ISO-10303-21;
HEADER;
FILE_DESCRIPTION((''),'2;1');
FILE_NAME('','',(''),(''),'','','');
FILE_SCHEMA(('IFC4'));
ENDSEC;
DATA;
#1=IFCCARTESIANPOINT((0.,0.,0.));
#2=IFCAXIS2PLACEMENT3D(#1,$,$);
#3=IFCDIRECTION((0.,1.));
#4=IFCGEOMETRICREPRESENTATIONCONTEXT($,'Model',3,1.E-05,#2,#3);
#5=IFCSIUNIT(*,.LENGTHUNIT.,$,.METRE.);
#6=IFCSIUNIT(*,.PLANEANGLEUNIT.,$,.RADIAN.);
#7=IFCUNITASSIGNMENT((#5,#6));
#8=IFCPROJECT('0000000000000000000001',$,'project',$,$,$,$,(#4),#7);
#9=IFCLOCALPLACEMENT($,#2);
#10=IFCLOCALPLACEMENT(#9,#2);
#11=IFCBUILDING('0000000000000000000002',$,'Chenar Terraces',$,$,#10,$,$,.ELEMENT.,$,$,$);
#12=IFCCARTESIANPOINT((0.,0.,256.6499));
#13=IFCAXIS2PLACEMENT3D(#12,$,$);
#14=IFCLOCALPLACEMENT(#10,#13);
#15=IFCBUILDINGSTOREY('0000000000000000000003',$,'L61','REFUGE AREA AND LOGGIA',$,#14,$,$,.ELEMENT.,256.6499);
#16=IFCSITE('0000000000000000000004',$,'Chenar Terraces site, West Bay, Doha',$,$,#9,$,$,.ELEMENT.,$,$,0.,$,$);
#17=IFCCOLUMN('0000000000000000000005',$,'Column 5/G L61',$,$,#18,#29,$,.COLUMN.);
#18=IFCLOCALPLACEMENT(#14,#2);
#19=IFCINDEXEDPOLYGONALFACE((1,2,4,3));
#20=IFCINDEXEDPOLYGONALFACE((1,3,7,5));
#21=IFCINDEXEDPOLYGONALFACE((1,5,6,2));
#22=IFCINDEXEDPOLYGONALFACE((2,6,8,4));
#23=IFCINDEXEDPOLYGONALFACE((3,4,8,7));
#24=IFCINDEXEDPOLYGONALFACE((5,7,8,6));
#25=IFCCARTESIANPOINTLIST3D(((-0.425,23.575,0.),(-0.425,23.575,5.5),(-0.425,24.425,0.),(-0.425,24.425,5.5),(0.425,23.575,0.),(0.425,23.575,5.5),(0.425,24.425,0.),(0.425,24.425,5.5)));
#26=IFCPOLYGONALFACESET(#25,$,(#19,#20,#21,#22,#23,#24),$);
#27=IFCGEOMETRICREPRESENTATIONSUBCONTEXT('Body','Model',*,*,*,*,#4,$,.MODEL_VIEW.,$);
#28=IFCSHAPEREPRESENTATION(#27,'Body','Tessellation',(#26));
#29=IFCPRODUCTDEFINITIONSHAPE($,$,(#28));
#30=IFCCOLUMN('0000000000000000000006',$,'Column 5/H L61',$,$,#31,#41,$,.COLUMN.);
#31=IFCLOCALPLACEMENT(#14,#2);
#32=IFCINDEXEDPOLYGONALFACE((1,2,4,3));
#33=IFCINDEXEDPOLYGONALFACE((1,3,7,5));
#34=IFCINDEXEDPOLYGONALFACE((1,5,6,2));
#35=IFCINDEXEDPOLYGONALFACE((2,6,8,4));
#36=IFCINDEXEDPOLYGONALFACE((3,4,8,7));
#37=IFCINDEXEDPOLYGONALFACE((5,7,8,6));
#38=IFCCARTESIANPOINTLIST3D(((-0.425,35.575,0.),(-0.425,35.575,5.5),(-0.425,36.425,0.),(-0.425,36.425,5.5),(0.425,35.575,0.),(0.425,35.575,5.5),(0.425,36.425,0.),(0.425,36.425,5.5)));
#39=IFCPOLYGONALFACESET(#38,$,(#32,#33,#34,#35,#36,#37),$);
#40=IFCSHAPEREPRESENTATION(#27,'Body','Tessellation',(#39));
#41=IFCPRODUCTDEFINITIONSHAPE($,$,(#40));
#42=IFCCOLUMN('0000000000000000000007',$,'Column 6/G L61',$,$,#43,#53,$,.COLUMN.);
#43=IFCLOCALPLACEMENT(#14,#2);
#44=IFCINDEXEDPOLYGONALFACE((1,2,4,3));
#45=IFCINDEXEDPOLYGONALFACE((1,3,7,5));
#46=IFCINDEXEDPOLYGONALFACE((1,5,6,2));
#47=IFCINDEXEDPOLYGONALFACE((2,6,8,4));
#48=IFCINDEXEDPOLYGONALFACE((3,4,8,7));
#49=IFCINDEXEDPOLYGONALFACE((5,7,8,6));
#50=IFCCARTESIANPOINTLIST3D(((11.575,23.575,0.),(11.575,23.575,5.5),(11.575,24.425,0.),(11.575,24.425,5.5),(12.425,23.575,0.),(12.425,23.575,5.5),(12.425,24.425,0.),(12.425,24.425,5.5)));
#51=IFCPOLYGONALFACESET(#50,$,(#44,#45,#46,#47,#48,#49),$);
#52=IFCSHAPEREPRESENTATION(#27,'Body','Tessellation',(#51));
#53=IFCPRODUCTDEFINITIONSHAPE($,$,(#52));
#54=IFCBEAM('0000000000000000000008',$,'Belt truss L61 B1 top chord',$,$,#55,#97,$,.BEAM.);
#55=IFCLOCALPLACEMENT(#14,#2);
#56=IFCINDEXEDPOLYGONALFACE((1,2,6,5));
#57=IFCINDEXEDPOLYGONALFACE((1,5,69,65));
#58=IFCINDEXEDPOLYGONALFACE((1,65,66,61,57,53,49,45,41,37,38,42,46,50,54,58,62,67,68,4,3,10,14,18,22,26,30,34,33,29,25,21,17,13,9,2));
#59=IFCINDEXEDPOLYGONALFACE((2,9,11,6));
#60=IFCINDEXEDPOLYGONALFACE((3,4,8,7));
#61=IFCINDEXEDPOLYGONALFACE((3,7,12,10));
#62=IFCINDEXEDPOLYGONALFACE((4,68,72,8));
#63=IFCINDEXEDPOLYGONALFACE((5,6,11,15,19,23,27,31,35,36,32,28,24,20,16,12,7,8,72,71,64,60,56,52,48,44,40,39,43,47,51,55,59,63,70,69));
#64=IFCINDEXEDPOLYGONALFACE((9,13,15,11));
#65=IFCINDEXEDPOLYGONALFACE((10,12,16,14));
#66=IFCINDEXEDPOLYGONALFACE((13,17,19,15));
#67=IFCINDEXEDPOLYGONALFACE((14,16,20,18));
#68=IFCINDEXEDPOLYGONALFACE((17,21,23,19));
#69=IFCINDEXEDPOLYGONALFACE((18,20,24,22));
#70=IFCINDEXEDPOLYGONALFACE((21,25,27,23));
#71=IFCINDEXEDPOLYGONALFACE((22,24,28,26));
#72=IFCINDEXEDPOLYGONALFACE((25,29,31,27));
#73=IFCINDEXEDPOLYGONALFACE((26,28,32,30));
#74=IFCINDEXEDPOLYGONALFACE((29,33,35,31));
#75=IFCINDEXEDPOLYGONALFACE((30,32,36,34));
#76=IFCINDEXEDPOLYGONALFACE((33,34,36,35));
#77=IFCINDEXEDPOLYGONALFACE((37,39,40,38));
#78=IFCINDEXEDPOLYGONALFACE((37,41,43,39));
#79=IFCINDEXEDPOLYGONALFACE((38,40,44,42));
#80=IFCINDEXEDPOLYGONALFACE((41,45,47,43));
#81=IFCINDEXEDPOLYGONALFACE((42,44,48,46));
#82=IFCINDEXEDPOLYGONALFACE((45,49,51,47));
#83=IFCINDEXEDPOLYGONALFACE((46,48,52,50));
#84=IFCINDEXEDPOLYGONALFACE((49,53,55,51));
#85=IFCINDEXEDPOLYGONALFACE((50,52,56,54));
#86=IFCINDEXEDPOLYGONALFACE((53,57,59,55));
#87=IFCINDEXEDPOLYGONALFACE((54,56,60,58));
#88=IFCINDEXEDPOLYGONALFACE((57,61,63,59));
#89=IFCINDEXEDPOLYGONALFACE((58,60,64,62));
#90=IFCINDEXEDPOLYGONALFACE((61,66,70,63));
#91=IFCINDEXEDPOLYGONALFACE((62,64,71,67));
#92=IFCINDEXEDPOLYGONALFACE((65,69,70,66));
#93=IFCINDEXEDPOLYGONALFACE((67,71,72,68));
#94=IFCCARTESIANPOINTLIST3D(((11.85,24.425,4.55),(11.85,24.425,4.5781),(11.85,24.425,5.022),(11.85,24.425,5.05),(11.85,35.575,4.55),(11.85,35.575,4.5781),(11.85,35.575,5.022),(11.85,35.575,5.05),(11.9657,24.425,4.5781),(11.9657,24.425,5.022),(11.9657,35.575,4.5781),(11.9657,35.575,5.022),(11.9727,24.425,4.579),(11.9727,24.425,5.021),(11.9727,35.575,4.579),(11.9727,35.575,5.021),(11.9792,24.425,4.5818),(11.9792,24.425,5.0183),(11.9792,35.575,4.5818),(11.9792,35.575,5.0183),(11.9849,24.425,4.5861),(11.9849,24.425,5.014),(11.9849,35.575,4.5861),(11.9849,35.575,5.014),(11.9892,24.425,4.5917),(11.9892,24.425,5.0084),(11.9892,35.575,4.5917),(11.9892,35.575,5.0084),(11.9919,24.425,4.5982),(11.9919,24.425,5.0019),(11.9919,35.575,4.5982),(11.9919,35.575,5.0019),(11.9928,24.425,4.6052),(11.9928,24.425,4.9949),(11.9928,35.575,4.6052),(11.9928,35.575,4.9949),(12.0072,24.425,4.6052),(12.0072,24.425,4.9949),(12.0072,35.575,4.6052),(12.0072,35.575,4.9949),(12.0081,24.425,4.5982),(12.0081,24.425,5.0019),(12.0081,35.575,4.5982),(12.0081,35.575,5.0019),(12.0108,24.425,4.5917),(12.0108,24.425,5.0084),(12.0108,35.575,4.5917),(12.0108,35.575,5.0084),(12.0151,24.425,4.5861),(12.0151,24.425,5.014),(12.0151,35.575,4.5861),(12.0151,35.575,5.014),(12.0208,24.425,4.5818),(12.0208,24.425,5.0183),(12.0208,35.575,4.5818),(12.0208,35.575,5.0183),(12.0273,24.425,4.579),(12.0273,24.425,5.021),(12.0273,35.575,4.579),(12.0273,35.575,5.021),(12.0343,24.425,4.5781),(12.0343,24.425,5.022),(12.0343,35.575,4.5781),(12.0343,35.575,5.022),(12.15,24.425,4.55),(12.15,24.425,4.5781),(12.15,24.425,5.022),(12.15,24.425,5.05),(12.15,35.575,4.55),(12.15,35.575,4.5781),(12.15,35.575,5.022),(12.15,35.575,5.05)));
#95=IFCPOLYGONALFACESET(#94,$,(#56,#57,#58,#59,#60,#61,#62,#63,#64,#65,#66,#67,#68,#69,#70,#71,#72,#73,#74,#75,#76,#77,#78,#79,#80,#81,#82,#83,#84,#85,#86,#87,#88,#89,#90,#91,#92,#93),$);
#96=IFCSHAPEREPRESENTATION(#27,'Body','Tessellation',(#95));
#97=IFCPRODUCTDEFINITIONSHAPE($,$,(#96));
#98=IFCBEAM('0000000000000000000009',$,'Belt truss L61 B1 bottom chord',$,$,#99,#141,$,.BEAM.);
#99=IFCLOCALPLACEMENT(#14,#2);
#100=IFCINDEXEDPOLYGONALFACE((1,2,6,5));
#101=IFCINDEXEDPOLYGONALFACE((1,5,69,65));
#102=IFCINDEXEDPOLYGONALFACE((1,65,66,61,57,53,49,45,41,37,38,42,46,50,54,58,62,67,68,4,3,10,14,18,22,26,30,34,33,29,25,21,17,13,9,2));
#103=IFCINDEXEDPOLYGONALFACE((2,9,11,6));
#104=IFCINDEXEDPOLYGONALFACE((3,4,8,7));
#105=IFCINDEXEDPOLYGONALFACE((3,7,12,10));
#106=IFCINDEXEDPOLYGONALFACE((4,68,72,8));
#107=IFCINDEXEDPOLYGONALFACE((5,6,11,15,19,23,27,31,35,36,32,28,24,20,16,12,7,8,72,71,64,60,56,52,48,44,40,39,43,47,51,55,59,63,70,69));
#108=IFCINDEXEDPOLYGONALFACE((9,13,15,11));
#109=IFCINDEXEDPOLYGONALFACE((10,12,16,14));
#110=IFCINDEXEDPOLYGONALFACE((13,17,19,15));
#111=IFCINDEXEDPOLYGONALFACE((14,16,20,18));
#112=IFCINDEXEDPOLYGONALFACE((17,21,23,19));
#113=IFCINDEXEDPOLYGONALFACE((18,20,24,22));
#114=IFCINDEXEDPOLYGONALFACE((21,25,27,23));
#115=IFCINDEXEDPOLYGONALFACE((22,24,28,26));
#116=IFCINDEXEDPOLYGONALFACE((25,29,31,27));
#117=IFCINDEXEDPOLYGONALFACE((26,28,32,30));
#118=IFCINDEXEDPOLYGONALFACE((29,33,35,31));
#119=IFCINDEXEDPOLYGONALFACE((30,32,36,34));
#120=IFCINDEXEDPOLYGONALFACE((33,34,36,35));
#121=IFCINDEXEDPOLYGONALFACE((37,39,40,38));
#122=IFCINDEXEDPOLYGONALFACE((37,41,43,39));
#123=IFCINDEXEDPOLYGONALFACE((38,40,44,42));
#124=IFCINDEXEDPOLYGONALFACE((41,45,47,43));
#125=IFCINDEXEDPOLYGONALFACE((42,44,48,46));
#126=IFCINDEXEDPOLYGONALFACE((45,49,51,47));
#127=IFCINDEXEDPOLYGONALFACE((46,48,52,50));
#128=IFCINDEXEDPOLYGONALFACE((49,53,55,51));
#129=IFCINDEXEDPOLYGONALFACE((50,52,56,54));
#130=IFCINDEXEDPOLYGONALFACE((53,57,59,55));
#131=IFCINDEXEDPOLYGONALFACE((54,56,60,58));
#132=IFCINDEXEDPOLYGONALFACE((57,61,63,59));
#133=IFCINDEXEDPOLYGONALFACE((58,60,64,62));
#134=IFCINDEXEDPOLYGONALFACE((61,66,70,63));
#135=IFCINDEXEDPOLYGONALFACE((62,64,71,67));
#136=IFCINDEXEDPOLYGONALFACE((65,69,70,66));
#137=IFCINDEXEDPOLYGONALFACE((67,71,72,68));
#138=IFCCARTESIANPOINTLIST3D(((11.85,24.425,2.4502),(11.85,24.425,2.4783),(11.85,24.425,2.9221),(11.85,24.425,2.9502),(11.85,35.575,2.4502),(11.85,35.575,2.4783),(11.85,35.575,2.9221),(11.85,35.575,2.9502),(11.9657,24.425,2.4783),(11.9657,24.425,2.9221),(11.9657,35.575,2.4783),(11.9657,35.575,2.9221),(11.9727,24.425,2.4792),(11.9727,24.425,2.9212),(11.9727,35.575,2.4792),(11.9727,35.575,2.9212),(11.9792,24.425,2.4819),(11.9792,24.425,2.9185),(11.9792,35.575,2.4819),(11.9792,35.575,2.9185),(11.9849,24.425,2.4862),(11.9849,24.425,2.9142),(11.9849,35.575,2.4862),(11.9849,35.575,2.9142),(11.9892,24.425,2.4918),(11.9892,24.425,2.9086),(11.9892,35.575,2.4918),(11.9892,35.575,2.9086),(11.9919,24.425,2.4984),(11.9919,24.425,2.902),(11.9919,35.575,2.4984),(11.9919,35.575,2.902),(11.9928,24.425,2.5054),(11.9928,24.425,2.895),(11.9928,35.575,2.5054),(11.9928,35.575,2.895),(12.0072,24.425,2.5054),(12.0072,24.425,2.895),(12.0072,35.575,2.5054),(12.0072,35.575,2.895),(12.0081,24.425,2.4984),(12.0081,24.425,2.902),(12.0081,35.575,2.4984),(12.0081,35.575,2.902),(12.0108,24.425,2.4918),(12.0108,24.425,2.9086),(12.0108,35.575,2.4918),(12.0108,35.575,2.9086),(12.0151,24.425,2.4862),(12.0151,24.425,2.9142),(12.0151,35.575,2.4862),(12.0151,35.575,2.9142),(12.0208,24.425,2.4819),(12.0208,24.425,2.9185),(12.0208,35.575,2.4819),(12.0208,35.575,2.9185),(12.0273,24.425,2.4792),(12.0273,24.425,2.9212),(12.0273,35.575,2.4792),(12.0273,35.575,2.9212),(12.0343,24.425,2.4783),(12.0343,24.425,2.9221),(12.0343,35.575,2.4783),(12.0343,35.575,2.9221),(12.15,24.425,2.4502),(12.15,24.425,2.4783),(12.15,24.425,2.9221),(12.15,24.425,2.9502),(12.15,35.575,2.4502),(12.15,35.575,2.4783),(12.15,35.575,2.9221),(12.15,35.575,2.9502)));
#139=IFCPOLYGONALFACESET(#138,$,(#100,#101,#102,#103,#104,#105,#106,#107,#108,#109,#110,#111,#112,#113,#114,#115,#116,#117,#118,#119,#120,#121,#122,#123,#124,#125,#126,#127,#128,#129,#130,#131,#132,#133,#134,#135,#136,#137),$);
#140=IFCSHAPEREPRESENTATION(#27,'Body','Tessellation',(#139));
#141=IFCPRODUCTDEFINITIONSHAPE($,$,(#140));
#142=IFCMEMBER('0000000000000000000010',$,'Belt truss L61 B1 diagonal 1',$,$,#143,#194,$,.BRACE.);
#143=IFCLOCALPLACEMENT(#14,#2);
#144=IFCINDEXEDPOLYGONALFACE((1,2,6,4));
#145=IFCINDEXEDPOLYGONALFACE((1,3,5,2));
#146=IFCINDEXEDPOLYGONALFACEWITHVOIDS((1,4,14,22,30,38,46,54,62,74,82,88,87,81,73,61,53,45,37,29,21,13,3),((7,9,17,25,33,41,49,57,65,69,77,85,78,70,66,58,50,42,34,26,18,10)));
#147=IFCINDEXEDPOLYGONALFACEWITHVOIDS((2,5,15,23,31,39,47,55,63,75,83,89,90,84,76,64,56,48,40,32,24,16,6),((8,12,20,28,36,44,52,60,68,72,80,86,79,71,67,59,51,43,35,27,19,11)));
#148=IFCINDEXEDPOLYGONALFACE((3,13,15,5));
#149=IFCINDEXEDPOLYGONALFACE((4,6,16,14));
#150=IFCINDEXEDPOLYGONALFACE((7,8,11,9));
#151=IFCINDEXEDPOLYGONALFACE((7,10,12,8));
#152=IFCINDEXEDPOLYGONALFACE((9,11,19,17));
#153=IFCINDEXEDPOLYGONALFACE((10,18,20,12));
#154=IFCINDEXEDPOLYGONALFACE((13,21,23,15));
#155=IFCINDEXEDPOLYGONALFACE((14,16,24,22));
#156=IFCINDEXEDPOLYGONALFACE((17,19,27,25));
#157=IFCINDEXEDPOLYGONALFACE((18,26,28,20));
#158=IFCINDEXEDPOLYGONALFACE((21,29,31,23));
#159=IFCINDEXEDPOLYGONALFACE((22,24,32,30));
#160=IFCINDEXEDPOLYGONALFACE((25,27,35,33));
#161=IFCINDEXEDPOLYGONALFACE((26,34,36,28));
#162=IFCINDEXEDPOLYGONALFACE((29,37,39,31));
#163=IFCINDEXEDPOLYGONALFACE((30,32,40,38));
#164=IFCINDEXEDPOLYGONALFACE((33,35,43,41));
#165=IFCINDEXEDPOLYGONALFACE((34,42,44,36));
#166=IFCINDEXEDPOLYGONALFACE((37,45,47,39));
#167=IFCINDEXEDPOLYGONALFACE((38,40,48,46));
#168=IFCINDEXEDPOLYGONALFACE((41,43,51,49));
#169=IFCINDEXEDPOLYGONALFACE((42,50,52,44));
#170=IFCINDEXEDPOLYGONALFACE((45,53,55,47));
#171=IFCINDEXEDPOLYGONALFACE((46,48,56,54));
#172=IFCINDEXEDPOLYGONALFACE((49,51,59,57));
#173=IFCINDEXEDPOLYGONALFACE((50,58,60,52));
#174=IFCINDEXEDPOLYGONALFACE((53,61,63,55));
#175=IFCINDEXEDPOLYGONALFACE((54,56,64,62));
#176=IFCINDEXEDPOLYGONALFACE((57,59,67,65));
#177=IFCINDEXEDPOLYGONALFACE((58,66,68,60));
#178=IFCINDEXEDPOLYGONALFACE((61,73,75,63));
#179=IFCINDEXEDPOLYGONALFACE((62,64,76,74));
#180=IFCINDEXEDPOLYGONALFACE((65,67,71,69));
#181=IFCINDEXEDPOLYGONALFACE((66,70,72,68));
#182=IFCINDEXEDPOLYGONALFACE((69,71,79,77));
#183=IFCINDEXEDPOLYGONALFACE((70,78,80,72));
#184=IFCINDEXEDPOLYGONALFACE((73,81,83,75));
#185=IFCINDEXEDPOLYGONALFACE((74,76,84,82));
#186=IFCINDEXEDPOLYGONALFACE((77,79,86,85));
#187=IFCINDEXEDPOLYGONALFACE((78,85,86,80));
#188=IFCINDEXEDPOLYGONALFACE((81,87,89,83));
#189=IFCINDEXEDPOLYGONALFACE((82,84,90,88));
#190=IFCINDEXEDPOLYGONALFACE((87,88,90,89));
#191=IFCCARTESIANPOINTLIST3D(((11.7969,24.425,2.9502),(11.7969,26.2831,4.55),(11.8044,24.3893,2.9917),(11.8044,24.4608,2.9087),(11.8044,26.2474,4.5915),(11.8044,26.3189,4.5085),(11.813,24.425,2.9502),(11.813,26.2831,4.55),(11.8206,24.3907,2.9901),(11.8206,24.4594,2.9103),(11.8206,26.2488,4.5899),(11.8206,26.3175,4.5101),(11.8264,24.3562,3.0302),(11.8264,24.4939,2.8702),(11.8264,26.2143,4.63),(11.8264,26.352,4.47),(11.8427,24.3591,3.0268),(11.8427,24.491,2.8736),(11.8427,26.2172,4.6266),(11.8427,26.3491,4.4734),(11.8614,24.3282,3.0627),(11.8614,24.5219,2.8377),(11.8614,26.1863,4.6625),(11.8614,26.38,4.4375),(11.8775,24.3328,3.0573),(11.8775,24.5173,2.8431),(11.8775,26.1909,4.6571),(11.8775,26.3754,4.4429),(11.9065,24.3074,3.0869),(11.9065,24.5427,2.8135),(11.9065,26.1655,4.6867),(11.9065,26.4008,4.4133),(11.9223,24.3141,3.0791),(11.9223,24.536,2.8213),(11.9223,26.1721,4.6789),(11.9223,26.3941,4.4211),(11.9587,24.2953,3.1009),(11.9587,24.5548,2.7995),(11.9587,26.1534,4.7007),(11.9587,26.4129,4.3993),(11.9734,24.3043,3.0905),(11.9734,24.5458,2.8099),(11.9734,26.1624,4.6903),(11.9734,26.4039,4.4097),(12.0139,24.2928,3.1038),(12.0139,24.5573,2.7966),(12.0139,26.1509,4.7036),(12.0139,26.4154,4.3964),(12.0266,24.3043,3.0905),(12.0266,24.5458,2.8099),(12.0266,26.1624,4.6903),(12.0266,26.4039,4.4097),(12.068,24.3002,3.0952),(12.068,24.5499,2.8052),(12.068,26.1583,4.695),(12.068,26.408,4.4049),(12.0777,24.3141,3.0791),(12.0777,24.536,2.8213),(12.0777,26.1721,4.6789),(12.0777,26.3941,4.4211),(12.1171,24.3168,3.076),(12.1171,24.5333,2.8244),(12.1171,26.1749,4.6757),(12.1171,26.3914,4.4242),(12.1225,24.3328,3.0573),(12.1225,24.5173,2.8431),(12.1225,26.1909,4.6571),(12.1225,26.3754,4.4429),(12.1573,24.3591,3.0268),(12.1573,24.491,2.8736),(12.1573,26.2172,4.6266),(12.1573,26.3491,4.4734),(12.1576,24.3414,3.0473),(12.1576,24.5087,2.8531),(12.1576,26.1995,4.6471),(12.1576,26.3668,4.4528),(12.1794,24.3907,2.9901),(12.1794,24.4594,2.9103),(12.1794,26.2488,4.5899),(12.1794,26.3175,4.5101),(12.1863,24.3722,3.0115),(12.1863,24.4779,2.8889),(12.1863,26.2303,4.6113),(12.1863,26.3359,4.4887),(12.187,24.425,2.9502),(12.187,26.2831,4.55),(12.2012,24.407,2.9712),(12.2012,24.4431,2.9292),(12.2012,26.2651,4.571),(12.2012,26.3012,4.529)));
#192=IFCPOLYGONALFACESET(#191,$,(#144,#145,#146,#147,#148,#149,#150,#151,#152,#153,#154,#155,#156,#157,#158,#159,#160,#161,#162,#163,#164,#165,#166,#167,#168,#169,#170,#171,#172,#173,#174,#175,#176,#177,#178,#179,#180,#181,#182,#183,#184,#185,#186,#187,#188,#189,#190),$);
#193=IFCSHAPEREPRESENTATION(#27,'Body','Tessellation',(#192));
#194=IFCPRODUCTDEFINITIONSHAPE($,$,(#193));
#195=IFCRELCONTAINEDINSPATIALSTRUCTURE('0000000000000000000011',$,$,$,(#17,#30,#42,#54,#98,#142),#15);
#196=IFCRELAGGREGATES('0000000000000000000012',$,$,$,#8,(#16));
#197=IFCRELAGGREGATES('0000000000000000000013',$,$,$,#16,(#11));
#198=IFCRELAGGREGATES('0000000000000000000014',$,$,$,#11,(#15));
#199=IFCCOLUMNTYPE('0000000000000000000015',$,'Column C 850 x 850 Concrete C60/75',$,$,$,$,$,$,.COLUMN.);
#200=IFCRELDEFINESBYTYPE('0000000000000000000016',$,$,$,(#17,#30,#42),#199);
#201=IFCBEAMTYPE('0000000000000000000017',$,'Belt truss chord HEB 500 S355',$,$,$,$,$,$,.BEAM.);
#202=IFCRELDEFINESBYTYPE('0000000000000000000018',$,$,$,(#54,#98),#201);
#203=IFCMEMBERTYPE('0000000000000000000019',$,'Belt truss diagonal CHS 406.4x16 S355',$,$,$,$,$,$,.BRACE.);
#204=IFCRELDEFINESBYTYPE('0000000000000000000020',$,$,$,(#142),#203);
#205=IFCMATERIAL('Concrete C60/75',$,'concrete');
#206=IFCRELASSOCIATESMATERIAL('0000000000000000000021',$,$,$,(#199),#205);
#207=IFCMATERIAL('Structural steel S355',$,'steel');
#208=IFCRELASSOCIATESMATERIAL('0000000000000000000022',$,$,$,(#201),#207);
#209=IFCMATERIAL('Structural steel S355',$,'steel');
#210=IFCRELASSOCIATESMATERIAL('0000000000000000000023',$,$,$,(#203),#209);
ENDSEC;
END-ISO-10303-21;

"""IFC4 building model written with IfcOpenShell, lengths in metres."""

from ifc_helpers import new_model, si_unit, direction, frame, origin, origin_2d, place, context, subcontext, project, spatial, rectangle, hollow_circle, i_section, extrude, material, material_profile, profile_set, type_object, element, save


model = new_model("IFC4")

# Units and contexts
model_context = context("Model", 3, precision=1e-05, world=origin(), true_north=direction((0.0, 1.0)))
body_context = subcontext(model_context, "Body", "Model", "MODEL_VIEW")
ifc_project = project(units=[si_unit("LENGTHUNIT", "METRE"), si_unit("PLANEANGLEUNIT", "RADIAN")], contexts=[model_context])

# Site, building, storey
site_placement = place(None, origin())
site = spatial("IfcSite", under=ifc_project, at=site_placement, Name="Chenar Terraces site, West Bay, Doha", CompositionType="ELEMENT", RefElevation=0.0)
building_placement = place(site_placement, origin())
building = spatial("IfcBuilding", under=site, at=building_placement, Name="Chenar Terraces", CompositionType="ELEMENT")
storey_placement = place(building_placement, frame((0.0, 0.0, 256.6499)))
storey = spatial("IfcBuildingStorey", under=building, at=storey_placement, Name="L61", Description="REFUGE AREA AND LOGGIA", CompositionType="ELEMENT", Elevation=256.6499)

# Columns
ifc_material_1 = material(Name="Concrete C60/75", Category="concrete")
ifc_material_profile_1 = material_profile(ifc_material_1, rectangle(XDim=0.8501, YDim=0.8501, at=origin_2d()), Name="C 850 x 850")
ifc_profile_set_1 = profile_set([ifc_material_profile_1], Name="Concrete C60/75")
column_type = type_object("IfcColumnType", Name="Column C 850 x 850 Concrete C60/75", PredefinedType="COLUMN", material=ifc_profile_set_1)
column_1_placement = place(storey_placement, frame((0.0, 24.0, 0.0), z_axis=(0.0, 0.0, 1.0), x_axis=(1.0, 0.0, 0.0)))
element("IfcColumn", 1, at=column_1_placement, inside=storey, type_object=column_type, Name="Column 5/G L61", PredefinedType="COLUMN", context=body_context, shape_type="SweptSolid", body=[
    extrude(rectangle(XDim=0.8501, YDim=0.8501, at=origin_2d()), origin(), (0.0, 0.0, 1.0), 5.5),
])
placement = place(storey_placement, frame((0.0, 36.0, 0.0), z_axis=(0.0, 0.0, 1.0), x_axis=(1.0, 0.0, 0.0)))
element("IfcColumn", 2, at=placement, inside=storey, type_object=column_type, Name="Column 5/H L61", PredefinedType="COLUMN", context=body_context, shape_type="SweptSolid", body=[
    extrude(rectangle(XDim=0.8501, YDim=0.8501, at=origin_2d()), origin(), (0.0, 0.0, 1.0), 5.5),
])
column_2_placement = place(storey_placement, frame((12.0, 24.0, 0.0), z_axis=(0.0, 0.0, 1.0), x_axis=(1.0, 0.0, 0.0)))
element("IfcColumn", 3, at=column_2_placement, inside=storey, type_object=column_type, Name="Column 6/G L61", PredefinedType="COLUMN", context=body_context, shape_type="SweptSolid", body=[
    extrude(rectangle(XDim=0.8501, YDim=0.8501, at=origin_2d()), origin(), (0.0, 0.0, 1.0), 5.5),
])

# Beams
ifc_material_2 = material(Name="Structural steel S355", Category="steel")
ifc_material_profile_2 = material_profile(ifc_material_2, i_section(OverallWidth=0.3, OverallDepth=0.5, WebThickness=0.0144, FlangeThickness=0.0281, FilletRadius=0.0271, at=origin_2d()), Name="HEB 500")
ifc_profile_set_2 = profile_set([ifc_material_profile_2], Name="Structural steel S355")
beam_type = type_object("IfcBeamType", Name="Belt truss chord HEB 500 S355", PredefinedType="BEAM", material=ifc_profile_set_2)
for number, where, z_axis, x_axis, name in (
    (4, (12.0, 24.425, 4.8), (0.0, 1.0, 0.0), (-1.0, 0.0, 0.0), "Belt truss L61 B1 top chord"),
    (5, (12.0, 24.425, 2.7002), (0.0, 1.0, 0.0), (-1.0, 0.0, 0.0), "Belt truss L61 B1 bottom chord"),
):
    element("IfcBeam", number, at=place(storey_placement, frame(where, z_axis=z_axis, x_axis=x_axis)), inside=storey, type_object=beam_type, Name=name, PredefinedType="BEAM", context=body_context, shape_type="SweptSolid", body=[
        extrude(i_section(OverallWidth=0.3, OverallDepth=0.5, WebThickness=0.0144, FlangeThickness=0.0281, FilletRadius=0.0271, at=origin_2d()), origin(), (0.0, 0.0, 1.0), 11.1499),
    ])

# Member
ifc_material_3 = material(Name="Structural steel S355", Category="steel")
ifc_material_profile_3 = material_profile(ifc_material_3, hollow_circle(Radius=0.2031, WallThickness=0.0161, at=origin_2d()), Name="CHS 406.4x16")
ifc_profile_set_3 = profile_set([ifc_material_profile_3], Name="Structural steel S355")
member_type = type_object("IfcMemberType", Name="Belt truss diagonal CHS 406.4x16 S355", PredefinedType="BRACE", material=ifc_profile_set_3)
member_1_placement = place(storey_placement, frame((12.0, 24.425, 2.9502), z_axis=(0.0, 0.757814, 0.652471), x_axis=(-1.0, 0.0, 0.0)))
element("IfcMember", 6, at=member_1_placement, inside=storey, type_object=member_type, Name="Belt truss L61 B1 diagonal 1", PredefinedType="BRACE", context=body_context, shape_type="SweptSolid", body=[
    extrude(hollow_circle(Radius=0.2031, WallThickness=0.0161, at=origin_2d()), origin(), (0.0, 0.0, 1.0), 2.4519),
])

save(model, "model.ifc")
